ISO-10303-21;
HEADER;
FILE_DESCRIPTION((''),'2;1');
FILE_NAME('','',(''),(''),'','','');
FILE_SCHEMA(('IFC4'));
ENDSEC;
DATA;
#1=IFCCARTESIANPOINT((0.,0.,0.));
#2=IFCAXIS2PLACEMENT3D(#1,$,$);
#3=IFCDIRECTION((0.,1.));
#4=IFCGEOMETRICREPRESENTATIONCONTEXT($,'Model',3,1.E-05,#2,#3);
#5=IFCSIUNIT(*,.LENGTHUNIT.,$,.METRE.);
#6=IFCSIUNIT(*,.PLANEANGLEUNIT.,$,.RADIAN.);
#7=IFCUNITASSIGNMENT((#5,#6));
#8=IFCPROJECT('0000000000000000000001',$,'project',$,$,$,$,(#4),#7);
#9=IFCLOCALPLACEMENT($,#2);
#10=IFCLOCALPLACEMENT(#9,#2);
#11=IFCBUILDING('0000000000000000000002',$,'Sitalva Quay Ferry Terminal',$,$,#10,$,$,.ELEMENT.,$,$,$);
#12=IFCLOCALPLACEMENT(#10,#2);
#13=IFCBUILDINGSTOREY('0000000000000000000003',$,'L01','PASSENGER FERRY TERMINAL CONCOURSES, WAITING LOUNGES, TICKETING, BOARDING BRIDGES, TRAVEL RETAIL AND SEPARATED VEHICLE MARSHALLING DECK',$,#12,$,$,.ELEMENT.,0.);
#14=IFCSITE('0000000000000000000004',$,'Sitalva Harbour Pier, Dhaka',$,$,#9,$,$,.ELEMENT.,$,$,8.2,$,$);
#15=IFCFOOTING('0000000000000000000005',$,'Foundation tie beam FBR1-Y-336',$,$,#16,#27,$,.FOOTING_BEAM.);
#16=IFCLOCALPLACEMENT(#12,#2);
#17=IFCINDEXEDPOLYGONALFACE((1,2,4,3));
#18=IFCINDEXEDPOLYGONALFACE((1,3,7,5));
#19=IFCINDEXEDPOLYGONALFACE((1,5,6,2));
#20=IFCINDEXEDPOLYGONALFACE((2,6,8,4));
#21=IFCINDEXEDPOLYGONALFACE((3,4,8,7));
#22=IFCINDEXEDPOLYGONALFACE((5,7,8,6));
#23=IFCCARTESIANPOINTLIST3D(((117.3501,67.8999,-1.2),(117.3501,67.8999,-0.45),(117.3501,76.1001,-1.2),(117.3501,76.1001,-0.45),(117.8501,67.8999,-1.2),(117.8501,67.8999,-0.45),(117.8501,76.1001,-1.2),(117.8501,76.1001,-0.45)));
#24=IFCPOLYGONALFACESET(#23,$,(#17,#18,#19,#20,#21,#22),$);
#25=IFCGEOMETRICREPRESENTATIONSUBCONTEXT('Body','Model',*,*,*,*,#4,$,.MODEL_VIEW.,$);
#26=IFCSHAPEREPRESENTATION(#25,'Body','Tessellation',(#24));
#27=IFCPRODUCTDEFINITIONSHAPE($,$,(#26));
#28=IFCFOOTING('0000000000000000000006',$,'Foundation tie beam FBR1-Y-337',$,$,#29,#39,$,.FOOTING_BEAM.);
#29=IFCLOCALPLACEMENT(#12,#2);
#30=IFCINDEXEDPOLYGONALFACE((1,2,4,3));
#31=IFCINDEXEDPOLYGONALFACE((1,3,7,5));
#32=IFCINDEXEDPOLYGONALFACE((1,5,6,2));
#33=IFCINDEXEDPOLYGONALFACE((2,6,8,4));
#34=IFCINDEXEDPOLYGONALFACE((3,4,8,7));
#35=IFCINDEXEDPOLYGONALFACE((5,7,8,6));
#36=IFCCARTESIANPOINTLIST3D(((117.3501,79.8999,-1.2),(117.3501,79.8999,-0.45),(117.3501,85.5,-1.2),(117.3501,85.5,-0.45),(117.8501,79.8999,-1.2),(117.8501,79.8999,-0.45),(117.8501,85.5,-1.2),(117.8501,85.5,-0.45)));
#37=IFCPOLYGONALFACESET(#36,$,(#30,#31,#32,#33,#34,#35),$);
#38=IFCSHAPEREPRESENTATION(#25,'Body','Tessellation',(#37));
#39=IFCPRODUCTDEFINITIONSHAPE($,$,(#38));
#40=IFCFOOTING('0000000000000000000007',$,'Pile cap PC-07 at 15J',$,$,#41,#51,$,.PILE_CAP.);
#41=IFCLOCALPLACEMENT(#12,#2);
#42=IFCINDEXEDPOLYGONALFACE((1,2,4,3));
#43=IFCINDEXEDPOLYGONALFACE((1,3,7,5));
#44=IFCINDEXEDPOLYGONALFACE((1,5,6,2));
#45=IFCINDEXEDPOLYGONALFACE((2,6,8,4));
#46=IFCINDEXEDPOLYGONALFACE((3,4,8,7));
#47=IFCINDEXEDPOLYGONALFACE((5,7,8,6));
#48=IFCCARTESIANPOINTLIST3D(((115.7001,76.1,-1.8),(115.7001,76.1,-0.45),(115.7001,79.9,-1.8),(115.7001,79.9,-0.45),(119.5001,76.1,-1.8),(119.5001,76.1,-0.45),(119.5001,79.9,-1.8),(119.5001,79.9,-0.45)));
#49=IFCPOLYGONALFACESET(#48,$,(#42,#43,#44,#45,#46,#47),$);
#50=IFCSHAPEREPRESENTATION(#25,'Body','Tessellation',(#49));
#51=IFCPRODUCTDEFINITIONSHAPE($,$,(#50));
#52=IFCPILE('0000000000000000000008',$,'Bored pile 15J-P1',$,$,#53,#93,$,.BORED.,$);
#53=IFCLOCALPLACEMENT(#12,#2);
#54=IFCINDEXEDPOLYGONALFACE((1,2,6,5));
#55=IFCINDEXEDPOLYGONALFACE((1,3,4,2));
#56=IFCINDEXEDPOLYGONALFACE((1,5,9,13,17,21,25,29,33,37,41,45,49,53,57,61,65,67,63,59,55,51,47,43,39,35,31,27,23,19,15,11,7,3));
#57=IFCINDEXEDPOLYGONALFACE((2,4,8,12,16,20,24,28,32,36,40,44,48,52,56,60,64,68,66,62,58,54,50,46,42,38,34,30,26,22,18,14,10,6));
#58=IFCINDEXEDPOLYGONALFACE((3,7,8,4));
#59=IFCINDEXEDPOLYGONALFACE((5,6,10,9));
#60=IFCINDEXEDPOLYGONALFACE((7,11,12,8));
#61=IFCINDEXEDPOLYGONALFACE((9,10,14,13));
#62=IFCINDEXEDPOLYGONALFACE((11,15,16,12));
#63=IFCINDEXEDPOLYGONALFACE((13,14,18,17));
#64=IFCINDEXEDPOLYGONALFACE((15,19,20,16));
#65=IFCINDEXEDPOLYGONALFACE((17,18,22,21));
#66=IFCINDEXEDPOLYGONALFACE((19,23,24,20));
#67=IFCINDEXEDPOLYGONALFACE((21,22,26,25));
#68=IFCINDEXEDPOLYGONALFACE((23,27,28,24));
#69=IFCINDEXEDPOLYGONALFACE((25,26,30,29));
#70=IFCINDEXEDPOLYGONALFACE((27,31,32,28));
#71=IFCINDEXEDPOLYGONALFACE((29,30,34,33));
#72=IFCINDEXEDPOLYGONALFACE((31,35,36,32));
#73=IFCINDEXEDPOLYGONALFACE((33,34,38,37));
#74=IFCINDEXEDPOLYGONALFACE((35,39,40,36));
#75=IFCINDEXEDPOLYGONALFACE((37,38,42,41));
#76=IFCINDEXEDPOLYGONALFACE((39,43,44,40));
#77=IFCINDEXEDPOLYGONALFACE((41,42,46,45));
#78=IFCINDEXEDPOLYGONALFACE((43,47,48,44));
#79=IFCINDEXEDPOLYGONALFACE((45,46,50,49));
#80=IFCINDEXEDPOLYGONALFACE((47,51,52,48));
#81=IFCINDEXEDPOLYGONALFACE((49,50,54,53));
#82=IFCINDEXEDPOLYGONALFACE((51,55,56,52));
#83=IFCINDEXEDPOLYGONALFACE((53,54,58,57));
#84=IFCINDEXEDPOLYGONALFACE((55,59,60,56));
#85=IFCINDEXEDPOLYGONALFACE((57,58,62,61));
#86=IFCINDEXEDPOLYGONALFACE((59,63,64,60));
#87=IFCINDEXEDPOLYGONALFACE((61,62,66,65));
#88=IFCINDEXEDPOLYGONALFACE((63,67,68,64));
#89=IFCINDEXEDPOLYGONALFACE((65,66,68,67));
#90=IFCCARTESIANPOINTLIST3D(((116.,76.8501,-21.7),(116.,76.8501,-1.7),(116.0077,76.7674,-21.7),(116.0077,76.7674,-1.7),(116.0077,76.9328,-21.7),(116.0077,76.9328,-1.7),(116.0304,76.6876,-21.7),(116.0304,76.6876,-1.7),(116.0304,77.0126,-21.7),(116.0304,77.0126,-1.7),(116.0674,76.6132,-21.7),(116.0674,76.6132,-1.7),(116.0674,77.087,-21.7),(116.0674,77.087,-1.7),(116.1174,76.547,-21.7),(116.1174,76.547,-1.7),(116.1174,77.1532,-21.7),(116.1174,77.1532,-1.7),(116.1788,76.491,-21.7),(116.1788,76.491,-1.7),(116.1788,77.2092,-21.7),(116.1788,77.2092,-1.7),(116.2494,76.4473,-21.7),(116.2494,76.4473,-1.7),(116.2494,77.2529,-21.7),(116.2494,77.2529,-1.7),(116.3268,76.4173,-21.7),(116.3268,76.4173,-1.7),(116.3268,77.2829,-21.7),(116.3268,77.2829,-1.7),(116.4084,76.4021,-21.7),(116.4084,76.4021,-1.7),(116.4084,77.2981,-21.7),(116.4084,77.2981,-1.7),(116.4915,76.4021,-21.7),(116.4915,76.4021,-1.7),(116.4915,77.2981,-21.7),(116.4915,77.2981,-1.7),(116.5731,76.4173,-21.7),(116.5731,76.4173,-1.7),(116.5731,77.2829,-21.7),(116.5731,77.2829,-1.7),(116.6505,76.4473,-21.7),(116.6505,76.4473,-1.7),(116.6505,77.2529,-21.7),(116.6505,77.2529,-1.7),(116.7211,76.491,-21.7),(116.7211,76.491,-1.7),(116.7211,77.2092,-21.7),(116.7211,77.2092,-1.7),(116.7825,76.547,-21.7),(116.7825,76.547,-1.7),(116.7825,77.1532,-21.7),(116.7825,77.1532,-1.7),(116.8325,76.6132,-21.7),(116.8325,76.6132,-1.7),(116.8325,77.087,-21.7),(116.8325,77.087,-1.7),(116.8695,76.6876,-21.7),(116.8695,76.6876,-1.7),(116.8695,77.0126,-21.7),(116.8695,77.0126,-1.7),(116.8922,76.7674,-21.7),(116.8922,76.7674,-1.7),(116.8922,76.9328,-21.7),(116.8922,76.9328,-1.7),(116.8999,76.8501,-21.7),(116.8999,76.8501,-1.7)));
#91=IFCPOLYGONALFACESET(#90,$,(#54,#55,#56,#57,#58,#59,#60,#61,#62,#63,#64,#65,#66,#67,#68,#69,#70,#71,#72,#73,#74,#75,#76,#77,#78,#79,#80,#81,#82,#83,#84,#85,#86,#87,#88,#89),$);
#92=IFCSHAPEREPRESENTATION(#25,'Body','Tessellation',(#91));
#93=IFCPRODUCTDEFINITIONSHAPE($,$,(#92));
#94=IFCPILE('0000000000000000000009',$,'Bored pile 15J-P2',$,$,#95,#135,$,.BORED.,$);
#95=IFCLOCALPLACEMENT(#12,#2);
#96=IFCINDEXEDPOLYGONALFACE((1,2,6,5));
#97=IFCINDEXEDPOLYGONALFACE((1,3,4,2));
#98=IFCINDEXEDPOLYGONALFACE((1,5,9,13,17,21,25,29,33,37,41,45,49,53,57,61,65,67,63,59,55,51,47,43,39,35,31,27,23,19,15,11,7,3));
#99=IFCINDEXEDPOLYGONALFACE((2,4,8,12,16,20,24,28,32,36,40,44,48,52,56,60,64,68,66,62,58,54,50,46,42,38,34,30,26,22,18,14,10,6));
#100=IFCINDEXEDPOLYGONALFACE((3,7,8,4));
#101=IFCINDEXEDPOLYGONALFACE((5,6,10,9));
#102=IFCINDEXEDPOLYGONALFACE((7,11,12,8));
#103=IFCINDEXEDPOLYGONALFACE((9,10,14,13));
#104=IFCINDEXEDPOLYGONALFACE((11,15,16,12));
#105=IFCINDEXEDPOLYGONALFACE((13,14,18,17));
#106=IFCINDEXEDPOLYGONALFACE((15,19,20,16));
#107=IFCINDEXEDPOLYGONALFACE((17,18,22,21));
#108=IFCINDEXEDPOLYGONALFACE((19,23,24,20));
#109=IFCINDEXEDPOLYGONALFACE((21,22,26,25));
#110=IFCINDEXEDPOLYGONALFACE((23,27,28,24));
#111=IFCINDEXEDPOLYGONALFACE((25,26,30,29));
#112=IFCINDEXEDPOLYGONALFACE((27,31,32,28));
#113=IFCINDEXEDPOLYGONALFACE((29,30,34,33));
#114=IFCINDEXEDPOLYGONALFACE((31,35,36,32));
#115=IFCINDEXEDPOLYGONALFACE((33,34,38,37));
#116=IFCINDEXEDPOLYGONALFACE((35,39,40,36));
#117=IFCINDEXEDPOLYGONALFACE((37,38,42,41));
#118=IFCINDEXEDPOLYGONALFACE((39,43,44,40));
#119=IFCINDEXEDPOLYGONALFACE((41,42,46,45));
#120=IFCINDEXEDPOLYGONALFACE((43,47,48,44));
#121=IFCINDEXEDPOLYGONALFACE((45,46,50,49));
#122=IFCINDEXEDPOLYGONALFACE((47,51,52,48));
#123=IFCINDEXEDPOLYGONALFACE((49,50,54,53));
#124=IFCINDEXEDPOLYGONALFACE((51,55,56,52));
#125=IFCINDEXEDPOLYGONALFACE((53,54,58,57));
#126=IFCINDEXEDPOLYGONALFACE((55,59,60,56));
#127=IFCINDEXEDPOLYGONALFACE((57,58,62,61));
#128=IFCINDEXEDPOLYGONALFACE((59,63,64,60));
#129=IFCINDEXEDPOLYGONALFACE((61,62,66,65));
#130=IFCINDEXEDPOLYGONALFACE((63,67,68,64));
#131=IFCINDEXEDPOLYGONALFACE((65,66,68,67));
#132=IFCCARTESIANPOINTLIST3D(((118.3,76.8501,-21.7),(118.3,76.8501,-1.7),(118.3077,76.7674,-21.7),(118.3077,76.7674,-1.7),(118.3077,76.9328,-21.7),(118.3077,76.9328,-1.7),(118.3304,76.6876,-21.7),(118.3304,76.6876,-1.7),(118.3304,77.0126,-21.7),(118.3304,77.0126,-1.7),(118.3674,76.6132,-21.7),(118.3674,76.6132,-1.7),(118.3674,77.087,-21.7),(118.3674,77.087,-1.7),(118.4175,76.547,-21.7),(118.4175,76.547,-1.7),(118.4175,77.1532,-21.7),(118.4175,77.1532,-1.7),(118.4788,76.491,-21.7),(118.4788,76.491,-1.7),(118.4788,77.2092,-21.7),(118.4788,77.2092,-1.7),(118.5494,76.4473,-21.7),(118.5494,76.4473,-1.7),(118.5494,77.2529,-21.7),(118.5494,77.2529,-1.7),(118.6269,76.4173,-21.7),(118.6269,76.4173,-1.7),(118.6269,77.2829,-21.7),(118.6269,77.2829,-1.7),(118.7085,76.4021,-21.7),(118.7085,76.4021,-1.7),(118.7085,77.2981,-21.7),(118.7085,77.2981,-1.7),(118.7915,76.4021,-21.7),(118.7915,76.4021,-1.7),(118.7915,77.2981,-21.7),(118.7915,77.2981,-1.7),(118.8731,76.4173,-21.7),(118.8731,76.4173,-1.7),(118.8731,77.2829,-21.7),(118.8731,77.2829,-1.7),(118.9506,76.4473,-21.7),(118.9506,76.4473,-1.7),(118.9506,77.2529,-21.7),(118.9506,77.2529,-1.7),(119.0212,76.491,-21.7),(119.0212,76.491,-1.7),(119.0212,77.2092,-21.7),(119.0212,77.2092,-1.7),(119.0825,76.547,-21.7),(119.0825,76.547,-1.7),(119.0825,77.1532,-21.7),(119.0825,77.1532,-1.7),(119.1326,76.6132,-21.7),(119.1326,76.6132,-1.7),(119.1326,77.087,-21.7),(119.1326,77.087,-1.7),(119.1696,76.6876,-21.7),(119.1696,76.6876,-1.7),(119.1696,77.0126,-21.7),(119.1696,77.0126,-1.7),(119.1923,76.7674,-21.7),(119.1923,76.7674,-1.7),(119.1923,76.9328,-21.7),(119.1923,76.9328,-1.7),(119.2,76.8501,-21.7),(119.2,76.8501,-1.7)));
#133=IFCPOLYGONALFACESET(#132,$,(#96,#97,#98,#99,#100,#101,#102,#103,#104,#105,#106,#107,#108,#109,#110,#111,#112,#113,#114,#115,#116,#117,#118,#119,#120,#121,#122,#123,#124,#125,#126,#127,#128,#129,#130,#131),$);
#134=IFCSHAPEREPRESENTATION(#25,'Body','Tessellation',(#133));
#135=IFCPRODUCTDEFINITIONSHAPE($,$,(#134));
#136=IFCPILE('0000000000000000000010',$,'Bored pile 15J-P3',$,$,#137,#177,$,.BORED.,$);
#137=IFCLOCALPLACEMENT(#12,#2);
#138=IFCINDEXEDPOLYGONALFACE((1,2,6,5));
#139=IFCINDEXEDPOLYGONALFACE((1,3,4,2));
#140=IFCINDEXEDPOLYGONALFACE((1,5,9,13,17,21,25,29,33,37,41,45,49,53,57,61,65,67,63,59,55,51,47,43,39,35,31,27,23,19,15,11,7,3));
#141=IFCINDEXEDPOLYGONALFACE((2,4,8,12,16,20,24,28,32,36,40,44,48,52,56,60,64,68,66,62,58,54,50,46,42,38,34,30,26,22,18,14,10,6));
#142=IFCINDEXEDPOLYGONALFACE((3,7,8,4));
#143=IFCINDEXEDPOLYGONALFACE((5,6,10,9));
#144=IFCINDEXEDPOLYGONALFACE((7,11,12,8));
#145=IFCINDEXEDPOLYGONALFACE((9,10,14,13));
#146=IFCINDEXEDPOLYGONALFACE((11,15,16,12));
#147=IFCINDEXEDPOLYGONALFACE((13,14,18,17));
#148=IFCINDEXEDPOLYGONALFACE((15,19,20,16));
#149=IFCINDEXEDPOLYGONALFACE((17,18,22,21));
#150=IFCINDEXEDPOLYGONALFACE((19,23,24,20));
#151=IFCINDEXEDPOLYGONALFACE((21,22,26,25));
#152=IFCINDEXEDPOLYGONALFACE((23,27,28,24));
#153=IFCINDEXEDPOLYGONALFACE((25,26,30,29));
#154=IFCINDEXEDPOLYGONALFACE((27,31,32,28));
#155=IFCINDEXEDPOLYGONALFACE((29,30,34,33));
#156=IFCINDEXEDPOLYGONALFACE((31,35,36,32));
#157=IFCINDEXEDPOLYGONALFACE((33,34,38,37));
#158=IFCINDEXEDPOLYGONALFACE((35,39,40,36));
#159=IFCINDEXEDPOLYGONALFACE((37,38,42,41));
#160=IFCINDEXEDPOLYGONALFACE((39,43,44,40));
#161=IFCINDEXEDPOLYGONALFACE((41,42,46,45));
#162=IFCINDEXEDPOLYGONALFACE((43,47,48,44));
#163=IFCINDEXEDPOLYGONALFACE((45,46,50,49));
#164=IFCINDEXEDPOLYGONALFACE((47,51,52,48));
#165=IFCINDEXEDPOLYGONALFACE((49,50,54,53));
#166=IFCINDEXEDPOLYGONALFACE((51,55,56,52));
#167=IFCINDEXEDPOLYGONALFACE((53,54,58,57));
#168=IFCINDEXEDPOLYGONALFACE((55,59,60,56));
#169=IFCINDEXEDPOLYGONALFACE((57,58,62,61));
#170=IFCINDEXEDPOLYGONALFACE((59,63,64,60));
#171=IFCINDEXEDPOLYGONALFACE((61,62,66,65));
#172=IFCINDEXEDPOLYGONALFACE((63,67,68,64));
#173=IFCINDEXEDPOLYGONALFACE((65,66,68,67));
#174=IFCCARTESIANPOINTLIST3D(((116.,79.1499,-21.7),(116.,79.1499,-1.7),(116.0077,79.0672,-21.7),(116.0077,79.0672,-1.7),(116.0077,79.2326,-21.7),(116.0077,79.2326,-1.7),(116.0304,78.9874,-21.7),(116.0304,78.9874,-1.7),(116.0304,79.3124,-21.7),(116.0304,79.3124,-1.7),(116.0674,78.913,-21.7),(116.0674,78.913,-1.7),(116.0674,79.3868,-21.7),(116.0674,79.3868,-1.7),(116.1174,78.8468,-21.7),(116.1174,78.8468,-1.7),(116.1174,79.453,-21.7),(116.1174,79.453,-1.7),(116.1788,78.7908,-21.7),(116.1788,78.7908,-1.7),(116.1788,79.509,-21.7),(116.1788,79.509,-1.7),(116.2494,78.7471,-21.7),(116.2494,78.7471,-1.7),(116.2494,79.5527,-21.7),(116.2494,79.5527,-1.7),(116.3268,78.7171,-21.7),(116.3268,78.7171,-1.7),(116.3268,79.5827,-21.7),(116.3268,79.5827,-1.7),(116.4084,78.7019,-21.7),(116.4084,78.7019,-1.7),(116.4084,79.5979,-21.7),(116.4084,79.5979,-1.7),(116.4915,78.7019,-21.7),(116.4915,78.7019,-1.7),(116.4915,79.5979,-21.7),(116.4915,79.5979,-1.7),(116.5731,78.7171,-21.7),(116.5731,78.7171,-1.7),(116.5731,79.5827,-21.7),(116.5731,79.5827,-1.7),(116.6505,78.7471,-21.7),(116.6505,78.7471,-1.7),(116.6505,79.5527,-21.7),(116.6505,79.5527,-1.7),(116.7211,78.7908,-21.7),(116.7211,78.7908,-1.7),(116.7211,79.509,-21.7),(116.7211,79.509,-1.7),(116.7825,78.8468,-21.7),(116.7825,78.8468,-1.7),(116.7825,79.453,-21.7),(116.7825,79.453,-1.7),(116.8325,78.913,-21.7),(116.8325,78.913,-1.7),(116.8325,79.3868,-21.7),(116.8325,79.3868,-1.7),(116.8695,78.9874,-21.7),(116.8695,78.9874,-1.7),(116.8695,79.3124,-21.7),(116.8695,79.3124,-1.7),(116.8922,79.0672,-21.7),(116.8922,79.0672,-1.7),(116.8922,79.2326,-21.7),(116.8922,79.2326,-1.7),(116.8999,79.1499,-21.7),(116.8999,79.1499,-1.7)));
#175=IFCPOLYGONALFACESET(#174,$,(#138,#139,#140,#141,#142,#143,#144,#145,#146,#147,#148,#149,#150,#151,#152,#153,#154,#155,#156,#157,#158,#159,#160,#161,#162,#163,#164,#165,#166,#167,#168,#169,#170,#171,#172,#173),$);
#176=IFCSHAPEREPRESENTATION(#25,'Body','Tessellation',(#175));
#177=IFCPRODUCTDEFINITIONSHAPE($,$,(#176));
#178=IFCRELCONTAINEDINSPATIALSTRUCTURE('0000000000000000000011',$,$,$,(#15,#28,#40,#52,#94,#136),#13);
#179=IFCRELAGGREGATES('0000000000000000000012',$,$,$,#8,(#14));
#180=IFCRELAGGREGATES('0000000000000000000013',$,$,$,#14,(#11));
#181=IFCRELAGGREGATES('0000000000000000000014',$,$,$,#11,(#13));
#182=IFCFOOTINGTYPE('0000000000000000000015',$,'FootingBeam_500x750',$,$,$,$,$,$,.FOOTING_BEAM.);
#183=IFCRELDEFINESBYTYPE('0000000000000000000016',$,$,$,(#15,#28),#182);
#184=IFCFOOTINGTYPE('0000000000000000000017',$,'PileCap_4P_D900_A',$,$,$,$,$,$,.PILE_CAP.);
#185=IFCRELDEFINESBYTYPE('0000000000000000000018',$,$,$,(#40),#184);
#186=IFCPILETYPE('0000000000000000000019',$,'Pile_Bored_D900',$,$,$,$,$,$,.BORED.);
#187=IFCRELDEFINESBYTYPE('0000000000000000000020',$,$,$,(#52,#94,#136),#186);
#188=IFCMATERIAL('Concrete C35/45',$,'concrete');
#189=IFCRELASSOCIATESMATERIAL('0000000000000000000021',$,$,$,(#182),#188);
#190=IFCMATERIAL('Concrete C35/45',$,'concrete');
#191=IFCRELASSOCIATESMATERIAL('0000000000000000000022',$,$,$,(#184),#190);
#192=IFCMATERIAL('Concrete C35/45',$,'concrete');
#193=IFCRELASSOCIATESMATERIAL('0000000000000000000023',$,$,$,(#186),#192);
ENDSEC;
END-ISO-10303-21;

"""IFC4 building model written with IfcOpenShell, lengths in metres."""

from ifc_helpers import new_model, si_unit, direction, frame, origin, origin_2d, place, context, subcontext, project, spatial, rectangle, circle, extrude, material, material_profile, profile_set, type_object, element, save


model = new_model("IFC4")

# Units and contexts
model_context = context("Model", 3, precision=1e-05, world=origin(), true_north=direction((0.0, 1.0)))
body_context = subcontext(model_context, "Body", "Model", "MODEL_VIEW")
ifc_project = project(units=[si_unit("LENGTHUNIT", "METRE"), si_unit("PLANEANGLEUNIT", "RADIAN")], contexts=[model_context])

# Site, building, storey
site_placement = place(None, origin())
site = spatial("IfcSite", under=ifc_project, at=site_placement, Name="Sitalva Harbour Pier, Dhaka", CompositionType="ELEMENT", RefElevation=8.2)
building_placement = place(site_placement, origin())
building = spatial("IfcBuilding", under=site, at=building_placement, Name="Sitalva Quay Ferry Terminal", CompositionType="ELEMENT")
storey_placement = place(building_placement, origin())
storey = spatial("IfcBuildingStorey", under=building, at=storey_placement, Name="L01", Description="PASSENGER FERRY TERMINAL CONCOURSES, WAITING LOUNGES, TICKETING, BOARDING BRIDGES, TRAVEL RETAIL AND SEPARATED VEHICLE MARSHALLING DECK", CompositionType="ELEMENT", Elevation=0.0)

# Footings
ifc_material_1 = material(Name="Concrete C35/45", Category="concrete")
ifc_material_profile_1 = material_profile(ifc_material_1, rectangle(XDim=0.5, YDim=0.75, at=origin_2d()), Name="RC500x750")
ifc_profile_set_1 = profile_set([ifc_material_profile_1], Name="Concrete C35/45")
footing_type_1 = type_object("IfcFootingType", Name="FootingBeam_500x750", PredefinedType="FOOTING_BEAM", material=ifc_profile_set_1)
footing_1_placement = place(storey_placement, frame((117.6001, 67.8999, -0.825), z_axis=(0.0, 1.0, 0.0), x_axis=(-1.0, 0.0, 0.0)))
element("IfcFooting", 1, at=footing_1_placement, inside=storey, type_object=footing_type_1, Name="Foundation tie beam FBR1-Y-336", PredefinedType="FOOTING_BEAM", context=body_context, shape_type="SweptSolid", body=[
    extrude(rectangle(XDim=0.5, YDim=0.75, at=origin_2d()), origin(), (0.0, 0.0, 1.0), 8.2002),
])
footing_2_placement = place(storey_placement, frame((117.6001, 79.8999, -0.825), z_axis=(0.0, 1.0, 0.0), x_axis=(-1.0, 0.0, 0.0)))
element("IfcFooting", 2, at=footing_2_placement, inside=storey, type_object=footing_type_1, Name="Foundation tie beam FBR1-Y-337", PredefinedType="FOOTING_BEAM", context=body_context, shape_type="SweptSolid", body=[
    extrude(rectangle(XDim=0.5, YDim=0.75, at=origin_2d()), origin(), (0.0, 0.0, 1.0), 5.6001),
])
ifc_material_2 = material(Name="Concrete C35/45", Category="concrete")
footing_type_2 = type_object("IfcFootingType", Name="PileCap_4P_D900_A", PredefinedType="PILE_CAP", material=ifc_material_2)
footing_3_placement = place(storey_placement, frame((117.6001, 78.0, -1.8), z_axis=(0.0, 0.0, 1.0), x_axis=(1.0, 0.0, 0.0)))
element("IfcFooting", 3, at=footing_3_placement, inside=storey, type_object=footing_type_2, Name="Pile cap PC-07 at 15J", PredefinedType="PILE_CAP", context=body_context, shape_type="SweptSolid", body=[
    extrude(rectangle(XDim=3.8, YDim=3.8, at=origin_2d()), origin(), (0.0, 0.0, 1.0), 1.3501),
])

# Piles
ifc_material_3 = material(Name="Concrete C35/45", Category="concrete")
ifc_material_profile_2 = material_profile(ifc_material_3, circle(Radius=0.45, at=origin_2d()), Name="PILE-D900")
ifc_profile_set_2 = profile_set([ifc_material_profile_2], Name="Concrete C35/45")
pile_type = type_object("IfcPileType", Name="Pile_Bored_D900", PredefinedType="BORED", material=ifc_profile_set_2)
for number, where, z_axis, x_axis, name in (
    (4, (116.45, 76.8501, -1.7), (0.0, 0.0, -1.0), (1.0, 0.0, 0.0), "Bored pile 15J-P1"),
    (5, (118.75, 76.8501, -1.7), (0.0, 0.0, -1.0), (1.0, 0.0, 0.0), "Bored pile 15J-P2"),
    (6, (116.45, 79.1499, -1.7), (0.0, 0.0, -1.0), (1.0, 0.0, 0.0), "Bored pile 15J-P3"),
):
    element("IfcPile", number, at=place(storey_placement, frame(where, z_axis=z_axis, x_axis=x_axis)), inside=storey, type_object=pile_type, Name=name, PredefinedType="BORED", context=body_context, shape_type="SweptSolid", body=[
        extrude(circle(Radius=0.45, at=origin_2d()), origin(), (0.0, 0.0, 1.0), 20.0),
    ])

save(model, "model.ifc")
